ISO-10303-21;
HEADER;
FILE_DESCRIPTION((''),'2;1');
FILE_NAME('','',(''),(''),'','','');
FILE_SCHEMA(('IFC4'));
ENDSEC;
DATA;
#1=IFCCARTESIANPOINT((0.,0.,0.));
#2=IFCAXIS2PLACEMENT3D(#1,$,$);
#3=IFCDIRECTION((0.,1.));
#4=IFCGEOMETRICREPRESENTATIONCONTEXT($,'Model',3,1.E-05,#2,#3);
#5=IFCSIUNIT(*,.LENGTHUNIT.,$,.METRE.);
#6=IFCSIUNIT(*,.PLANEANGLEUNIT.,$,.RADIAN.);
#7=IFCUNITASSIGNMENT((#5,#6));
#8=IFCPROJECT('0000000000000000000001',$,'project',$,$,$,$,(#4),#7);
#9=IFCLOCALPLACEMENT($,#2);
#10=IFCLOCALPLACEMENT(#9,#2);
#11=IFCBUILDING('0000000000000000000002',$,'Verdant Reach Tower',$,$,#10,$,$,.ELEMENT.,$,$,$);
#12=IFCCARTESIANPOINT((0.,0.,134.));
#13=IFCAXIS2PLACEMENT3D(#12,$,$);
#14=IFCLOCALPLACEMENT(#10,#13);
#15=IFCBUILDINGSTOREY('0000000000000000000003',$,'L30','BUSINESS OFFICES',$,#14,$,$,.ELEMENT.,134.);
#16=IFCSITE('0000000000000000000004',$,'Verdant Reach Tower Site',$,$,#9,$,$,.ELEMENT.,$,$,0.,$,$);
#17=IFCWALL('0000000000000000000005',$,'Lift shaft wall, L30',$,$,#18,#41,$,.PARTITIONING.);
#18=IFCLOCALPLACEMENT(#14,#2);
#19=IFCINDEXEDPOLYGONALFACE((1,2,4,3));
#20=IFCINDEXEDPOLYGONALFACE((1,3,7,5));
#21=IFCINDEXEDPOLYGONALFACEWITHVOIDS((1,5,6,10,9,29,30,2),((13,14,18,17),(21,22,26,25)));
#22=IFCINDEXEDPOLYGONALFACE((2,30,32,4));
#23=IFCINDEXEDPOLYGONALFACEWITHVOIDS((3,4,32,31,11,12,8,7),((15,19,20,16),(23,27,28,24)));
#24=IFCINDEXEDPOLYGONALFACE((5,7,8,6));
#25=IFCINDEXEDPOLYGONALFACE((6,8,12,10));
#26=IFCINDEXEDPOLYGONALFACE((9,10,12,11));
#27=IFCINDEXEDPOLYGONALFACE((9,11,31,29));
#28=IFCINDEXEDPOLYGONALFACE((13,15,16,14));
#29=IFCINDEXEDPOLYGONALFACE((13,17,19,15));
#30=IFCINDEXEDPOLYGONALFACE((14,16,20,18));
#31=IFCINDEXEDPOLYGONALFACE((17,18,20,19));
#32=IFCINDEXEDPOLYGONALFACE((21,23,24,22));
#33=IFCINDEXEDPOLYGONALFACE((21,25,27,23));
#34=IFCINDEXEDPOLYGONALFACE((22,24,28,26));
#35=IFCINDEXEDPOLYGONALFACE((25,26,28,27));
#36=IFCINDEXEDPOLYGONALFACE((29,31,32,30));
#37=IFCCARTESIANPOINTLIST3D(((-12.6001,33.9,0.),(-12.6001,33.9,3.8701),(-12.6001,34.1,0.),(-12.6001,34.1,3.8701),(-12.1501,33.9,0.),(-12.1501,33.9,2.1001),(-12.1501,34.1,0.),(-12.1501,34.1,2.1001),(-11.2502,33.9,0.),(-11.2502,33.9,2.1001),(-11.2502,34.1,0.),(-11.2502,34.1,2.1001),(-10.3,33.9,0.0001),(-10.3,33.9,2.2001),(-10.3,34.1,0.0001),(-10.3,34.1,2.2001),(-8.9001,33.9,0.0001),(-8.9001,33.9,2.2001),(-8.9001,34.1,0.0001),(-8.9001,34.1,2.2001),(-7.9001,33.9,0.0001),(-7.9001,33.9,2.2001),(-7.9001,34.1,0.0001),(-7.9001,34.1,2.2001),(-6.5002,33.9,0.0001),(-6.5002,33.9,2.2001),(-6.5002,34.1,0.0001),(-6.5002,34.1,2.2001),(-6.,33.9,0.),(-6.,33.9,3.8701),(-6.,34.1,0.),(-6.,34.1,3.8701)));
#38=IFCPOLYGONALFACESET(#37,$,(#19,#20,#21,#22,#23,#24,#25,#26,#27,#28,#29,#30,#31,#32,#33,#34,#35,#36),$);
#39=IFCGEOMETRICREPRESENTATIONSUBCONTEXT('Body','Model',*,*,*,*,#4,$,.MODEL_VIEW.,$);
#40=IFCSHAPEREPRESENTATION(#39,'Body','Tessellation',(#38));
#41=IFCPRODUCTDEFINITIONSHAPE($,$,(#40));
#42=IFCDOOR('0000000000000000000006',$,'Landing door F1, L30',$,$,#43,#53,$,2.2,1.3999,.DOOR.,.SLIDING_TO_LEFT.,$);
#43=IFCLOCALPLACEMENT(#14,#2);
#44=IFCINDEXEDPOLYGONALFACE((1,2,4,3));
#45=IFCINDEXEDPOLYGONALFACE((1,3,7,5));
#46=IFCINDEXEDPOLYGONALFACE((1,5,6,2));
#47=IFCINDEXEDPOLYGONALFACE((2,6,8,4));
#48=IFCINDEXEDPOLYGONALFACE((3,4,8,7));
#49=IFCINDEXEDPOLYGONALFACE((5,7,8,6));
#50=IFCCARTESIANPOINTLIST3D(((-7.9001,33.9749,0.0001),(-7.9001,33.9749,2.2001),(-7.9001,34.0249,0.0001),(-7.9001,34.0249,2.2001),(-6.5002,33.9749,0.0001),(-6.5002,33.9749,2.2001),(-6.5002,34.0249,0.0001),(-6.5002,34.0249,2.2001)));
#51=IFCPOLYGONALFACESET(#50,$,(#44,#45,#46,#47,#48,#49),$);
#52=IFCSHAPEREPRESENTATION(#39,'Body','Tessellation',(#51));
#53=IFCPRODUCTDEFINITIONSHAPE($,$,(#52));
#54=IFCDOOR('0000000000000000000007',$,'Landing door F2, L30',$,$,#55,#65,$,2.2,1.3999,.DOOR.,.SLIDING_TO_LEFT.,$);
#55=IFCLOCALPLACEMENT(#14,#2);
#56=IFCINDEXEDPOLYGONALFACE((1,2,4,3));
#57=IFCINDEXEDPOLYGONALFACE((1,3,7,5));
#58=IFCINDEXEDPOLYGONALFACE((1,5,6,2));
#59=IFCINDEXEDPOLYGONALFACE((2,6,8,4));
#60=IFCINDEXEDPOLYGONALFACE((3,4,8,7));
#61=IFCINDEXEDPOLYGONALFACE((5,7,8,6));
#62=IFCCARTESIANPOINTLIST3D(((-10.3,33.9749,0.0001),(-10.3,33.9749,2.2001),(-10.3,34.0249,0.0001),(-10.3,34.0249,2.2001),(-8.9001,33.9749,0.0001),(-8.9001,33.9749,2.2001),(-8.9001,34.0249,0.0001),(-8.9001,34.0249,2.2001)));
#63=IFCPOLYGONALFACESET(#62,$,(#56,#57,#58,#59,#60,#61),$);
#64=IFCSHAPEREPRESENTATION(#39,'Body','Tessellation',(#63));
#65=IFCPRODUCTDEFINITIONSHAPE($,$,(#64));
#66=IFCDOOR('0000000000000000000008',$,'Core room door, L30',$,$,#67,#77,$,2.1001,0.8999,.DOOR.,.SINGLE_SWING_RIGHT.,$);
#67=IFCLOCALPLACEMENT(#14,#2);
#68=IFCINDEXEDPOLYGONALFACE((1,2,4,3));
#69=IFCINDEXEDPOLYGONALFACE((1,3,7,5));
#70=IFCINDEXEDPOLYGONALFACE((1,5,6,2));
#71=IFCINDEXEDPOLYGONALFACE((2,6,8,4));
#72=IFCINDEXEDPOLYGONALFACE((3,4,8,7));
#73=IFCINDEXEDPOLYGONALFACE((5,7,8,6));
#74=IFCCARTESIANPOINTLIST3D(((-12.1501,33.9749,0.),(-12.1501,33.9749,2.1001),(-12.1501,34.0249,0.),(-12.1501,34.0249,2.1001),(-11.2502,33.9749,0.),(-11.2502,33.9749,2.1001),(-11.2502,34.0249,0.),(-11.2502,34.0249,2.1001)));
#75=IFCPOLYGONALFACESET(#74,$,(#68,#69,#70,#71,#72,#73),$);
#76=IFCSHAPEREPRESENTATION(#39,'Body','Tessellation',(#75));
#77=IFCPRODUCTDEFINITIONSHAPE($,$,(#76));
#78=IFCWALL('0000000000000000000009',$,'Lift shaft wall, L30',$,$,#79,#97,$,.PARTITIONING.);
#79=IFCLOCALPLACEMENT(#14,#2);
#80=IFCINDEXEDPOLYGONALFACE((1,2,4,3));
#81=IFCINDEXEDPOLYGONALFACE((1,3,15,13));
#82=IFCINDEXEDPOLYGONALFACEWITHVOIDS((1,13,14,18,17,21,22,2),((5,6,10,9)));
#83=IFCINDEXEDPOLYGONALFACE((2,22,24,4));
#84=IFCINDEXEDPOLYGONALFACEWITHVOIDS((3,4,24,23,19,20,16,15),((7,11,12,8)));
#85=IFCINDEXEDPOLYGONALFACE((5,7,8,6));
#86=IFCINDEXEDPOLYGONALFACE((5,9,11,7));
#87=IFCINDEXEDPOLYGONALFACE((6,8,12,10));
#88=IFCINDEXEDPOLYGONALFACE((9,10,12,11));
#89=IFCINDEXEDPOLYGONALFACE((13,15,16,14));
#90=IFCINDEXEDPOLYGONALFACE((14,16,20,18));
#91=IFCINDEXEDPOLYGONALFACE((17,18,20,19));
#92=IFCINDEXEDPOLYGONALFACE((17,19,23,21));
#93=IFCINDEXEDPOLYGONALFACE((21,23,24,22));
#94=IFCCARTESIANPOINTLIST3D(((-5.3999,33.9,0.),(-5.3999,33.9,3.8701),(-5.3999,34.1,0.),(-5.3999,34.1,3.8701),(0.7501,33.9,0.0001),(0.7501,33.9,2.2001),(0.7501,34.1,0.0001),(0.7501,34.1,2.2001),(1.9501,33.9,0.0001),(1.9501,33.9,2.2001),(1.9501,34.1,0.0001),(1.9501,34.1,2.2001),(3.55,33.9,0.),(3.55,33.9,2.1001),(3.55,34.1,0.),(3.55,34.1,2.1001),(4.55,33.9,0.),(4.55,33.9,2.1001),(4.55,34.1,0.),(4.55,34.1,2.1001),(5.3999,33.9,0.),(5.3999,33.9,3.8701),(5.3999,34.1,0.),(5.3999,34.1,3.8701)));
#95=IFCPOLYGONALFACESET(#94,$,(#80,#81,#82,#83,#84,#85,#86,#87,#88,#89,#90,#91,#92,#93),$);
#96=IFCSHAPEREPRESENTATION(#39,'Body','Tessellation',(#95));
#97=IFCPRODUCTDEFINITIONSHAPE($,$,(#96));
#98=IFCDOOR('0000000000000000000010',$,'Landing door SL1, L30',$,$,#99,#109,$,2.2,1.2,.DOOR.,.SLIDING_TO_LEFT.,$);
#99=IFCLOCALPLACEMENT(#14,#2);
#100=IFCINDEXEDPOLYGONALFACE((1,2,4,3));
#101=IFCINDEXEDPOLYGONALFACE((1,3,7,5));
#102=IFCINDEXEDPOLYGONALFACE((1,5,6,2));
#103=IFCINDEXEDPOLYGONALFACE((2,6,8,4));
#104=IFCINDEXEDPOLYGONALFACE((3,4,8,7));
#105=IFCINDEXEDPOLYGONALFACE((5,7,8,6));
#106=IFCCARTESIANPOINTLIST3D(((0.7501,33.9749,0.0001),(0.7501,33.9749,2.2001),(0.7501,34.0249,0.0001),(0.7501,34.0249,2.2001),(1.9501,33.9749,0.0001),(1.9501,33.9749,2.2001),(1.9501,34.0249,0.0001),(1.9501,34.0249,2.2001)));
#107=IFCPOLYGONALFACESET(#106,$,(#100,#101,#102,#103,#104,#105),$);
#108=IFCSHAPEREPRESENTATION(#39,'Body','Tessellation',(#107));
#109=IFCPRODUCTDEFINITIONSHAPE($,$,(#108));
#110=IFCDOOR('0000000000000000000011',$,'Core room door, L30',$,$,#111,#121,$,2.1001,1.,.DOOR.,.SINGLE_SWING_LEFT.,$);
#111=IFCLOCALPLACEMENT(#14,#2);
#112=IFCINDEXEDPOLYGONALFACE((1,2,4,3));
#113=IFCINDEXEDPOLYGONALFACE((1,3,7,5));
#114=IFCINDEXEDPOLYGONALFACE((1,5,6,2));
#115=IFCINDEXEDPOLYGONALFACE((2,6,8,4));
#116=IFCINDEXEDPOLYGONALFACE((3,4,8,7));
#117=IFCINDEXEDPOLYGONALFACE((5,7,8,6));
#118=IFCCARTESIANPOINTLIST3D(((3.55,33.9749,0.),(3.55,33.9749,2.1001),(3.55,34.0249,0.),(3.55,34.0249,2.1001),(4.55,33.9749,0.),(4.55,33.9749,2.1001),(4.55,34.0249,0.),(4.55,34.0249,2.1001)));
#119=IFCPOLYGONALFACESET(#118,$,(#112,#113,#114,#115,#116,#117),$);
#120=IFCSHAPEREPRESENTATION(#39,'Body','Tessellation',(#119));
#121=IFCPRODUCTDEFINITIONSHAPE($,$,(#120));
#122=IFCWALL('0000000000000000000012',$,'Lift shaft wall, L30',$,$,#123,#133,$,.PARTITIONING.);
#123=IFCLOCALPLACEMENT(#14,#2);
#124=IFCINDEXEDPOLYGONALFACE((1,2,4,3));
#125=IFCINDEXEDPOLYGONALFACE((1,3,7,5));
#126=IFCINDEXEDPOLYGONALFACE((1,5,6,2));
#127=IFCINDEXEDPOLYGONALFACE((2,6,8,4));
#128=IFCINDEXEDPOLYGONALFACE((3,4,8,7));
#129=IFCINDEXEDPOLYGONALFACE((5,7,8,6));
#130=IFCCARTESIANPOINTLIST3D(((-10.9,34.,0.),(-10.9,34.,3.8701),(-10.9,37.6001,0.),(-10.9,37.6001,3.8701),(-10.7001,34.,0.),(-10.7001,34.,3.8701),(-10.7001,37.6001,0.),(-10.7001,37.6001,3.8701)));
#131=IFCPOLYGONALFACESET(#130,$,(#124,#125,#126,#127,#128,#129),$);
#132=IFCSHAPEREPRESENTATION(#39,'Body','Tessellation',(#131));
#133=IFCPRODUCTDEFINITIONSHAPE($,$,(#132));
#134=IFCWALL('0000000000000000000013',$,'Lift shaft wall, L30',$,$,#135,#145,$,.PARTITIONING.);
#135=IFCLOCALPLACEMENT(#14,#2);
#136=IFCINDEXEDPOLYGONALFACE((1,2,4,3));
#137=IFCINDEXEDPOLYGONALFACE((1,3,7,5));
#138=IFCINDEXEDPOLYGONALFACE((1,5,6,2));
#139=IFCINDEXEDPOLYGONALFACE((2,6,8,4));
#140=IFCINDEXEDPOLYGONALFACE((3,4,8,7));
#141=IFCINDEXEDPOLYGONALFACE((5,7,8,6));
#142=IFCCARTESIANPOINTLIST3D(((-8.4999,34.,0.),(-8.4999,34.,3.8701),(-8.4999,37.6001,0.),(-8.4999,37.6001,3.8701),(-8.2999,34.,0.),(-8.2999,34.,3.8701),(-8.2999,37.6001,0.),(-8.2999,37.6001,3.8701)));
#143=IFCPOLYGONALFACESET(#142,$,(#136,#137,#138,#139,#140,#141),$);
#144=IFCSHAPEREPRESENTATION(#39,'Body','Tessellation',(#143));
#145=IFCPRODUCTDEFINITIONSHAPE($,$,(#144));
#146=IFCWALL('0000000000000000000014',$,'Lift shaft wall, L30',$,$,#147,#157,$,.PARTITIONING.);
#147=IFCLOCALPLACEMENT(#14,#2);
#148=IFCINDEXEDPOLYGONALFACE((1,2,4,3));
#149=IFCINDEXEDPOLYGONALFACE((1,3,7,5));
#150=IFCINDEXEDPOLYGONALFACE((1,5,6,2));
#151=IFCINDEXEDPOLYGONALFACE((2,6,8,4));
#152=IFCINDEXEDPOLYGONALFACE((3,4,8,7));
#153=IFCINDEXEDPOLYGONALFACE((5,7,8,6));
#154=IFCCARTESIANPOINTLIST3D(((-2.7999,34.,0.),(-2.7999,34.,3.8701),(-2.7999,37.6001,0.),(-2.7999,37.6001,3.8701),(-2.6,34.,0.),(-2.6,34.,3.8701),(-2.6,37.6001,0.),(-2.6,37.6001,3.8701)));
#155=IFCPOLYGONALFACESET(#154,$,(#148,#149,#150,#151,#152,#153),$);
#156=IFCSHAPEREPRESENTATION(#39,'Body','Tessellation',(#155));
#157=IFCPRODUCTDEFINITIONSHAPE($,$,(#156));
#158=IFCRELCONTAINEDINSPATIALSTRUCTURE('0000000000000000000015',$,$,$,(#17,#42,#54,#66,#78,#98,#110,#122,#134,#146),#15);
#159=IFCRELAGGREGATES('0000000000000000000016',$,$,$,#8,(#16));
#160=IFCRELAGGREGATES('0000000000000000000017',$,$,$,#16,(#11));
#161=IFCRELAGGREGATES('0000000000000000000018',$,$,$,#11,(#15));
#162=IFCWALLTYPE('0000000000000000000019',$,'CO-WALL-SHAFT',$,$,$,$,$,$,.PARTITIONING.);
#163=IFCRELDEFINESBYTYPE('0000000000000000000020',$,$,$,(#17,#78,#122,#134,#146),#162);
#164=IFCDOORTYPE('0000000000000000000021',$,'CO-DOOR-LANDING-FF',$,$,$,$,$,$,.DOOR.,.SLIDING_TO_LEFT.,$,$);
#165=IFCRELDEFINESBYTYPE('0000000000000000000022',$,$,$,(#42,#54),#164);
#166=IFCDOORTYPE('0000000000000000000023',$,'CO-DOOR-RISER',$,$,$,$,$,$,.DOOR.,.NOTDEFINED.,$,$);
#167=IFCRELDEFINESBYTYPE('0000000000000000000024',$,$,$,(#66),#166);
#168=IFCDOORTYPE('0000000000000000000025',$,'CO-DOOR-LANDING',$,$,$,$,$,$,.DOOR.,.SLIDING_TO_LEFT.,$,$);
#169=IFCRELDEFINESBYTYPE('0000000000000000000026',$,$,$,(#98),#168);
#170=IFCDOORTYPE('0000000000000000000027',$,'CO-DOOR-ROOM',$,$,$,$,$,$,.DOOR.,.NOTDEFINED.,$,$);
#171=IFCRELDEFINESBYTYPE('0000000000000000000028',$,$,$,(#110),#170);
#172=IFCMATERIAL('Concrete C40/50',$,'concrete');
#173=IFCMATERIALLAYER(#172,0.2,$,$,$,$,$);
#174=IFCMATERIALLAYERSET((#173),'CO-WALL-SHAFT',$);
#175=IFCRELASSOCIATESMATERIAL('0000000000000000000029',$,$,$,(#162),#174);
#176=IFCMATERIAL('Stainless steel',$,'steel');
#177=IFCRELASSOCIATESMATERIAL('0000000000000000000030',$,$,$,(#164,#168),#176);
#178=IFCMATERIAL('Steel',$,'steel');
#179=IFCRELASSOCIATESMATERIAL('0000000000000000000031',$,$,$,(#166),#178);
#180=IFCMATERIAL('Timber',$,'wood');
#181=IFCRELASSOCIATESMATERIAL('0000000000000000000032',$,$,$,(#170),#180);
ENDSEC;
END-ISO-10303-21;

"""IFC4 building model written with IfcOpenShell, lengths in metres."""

from ifc_helpers import new_model, si_unit, direction, frame, frame_2d, origin, place, context, subcontext, project, spatial, rectangle, extrude, material, layer, layer_set, type_object, element, fill, save


model = new_model("IFC4")

# Units and contexts
model_context = context("Model", 3, precision=1e-05, world=origin(), true_north=direction((0.0, 1.0)))
body_context = subcontext(model_context, "Body", "Model", "MODEL_VIEW")
ifc_project = project(units=[si_unit("LENGTHUNIT", "METRE"), si_unit("PLANEANGLEUNIT", "RADIAN")], contexts=[model_context])

# Site, building, storey
site_placement = place(None, origin())
site = spatial("IfcSite", under=ifc_project, at=site_placement, Name="Verdant Reach Tower Site", CompositionType="ELEMENT", RefElevation=0.0)
building_placement = place(site_placement, origin())
building = spatial("IfcBuilding", under=site, at=building_placement, Name="Verdant Reach Tower", CompositionType="ELEMENT")
storey_placement = place(building_placement, frame((0.0, 0.0, 134.0)))
storey = spatial("IfcBuildingStorey", under=building, at=storey_placement, Name="L30", Description="BUSINESS OFFICES", CompositionType="ELEMENT", Elevation=134.0)

# Walls, openings, doors
ifc_material_1 = material(Name="Concrete C40/50", Category="concrete")
ifc_layer_1 = layer(ifc_material_1, 0.2)
ifc_layer_set_1 = layer_set([ifc_layer_1], Name="CO-WALL-SHAFT")
wall_type_1 = type_object("IfcWallType", Name="CO-WALL-SHAFT", PredefinedType="PARTITIONING", material=ifc_layer_set_1)
wall_1_placement = place(storey_placement, frame((-12.6001, 34.0, 0.0), z_axis=(0.0, 0.0, 1.0), x_axis=(1.0, 0.0, 0.0)))
wall_1 = element("IfcWall", 1, at=wall_1_placement, inside=storey, type_object=wall_type_1, Name="Lift shaft wall, L30", PredefinedType="PARTITIONING", context=body_context, shape_type="SweptSolid", body=[
    extrude(rectangle(XDim=6.6001, YDim=0.2, at=frame_2d((3.3, 0.0))), origin(), (0.0, 0.0, 1.0), 3.8701),
])
opening_1_placement = place(wall_1_placement, frame((4.7, 0.0, 0.0)))
opening_1 = element("IfcOpeningElement", 2, at=opening_1_placement, cuts=wall_1, PredefinedType="OPENING", context=body_context, shape_type="SweptSolid", body=[
    extrude(rectangle(XDim=1.3999, YDim=2.2, at=frame_2d((0.7, 1.1001))), frame((0.0, 0.1099, 0.0), z_axis=(0.0, -1.0, 0.0), x_axis=(1.0, 0.0, 0.0)), (0.0, 0.0, 1.0), 0.22),
])
opening_2_placement = place(wall_1_placement, frame((2.3, 0.0, 0.0)))
opening_2 = element("IfcOpeningElement", 3, at=opening_2_placement, cuts=wall_1, PredefinedType="OPENING", context=body_context, shape_type="SweptSolid", body=[
    extrude(rectangle(XDim=1.3999, YDim=2.2, at=frame_2d((0.7, 1.1001))), frame((0.0, 0.1099, 0.0), z_axis=(0.0, -1.0, 0.0), x_axis=(1.0, 0.0, 0.0)), (0.0, 0.0, 1.0), 0.22),
])
opening_3_placement = place(wall_1_placement, frame((0.45, 0.0, 0.0)))
opening_3 = element("IfcOpeningElement", 4, at=opening_3_placement, cuts=wall_1, PredefinedType="OPENING", context=body_context, shape_type="SweptSolid", body=[
    extrude(rectangle(XDim=0.8999, YDim=2.1001, at=frame_2d((0.45, 1.05))), frame((0.0, 0.1099, 0.0), z_axis=(0.0, -1.0, 0.0), x_axis=(1.0, 0.0, 0.0)), (0.0, 0.0, 1.0), 0.22),
])
ifc_material_2 = material(Name="Stainless steel", Category="steel")
door_type_1 = type_object("IfcDoorType", Name="CO-DOOR-LANDING-FF", OperationType="SLIDING_TO_LEFT", PredefinedType="DOOR", material=ifc_material_2)
door_1_placement = place(opening_1_placement, origin())
door_1 = element("IfcDoor", 5, at=door_1_placement, inside=storey, type_object=door_type_1, Name="Landing door F1, L30", OperationType="SLIDING_TO_LEFT", OverallHeight=2.2, OverallWidth=1.3999, PredefinedType="DOOR", context=body_context, shape_type="SweptSolid", body=[
    extrude(rectangle(XDim=1.3999, YDim=2.2, at=frame_2d((0.7, 1.1001))), frame((0.0, 0.0249, 0.0), z_axis=(0.0, -1.0, 0.0), x_axis=(1.0, 0.0, 0.0)), (0.0, 0.0, 1.0), 0.05),
])
fill(opening_1, door_1)
door_2_placement = place(opening_2_placement, origin())
door_2 = element("IfcDoor", 6, at=door_2_placement, inside=storey, type_object=door_type_1, Name="Landing door F2, L30", OperationType="SLIDING_TO_LEFT", OverallHeight=2.2, OverallWidth=1.3999, PredefinedType="DOOR", context=body_context, shape_type="SweptSolid", body=[
    extrude(rectangle(XDim=1.3999, YDim=2.2, at=frame_2d((0.7, 1.1001))), frame((0.0, 0.0249, 0.0), z_axis=(0.0, -1.0, 0.0), x_axis=(1.0, 0.0, 0.0)), (0.0, 0.0, 1.0), 0.05),
])
fill(opening_2, door_2)
ifc_material_3 = material(Name="Steel", Category="steel")
door_type_2 = type_object("IfcDoorType", Name="CO-DOOR-RISER", OperationType="NOTDEFINED", PredefinedType="DOOR", material=ifc_material_3)
door_3_placement = place(opening_3_placement, origin())
door_3 = element("IfcDoor", 7, at=door_3_placement, inside=storey, type_object=door_type_2, Name="Core room door, L30", OperationType="SINGLE_SWING_RIGHT", OverallHeight=2.1001, OverallWidth=0.8999, PredefinedType="DOOR", context=body_context, shape_type="SweptSolid", body=[
    extrude(rectangle(XDim=0.8999, YDim=2.1001, at=frame_2d((0.45, 1.05))), frame((0.0, 0.0249, 0.0), z_axis=(0.0, -1.0, 0.0), x_axis=(1.0, 0.0, 0.0)), (0.0, 0.0, 1.0), 0.05),
])
fill(opening_3, door_3)
wall_2_placement = place(storey_placement, frame((-5.3999, 34.0, 0.0), z_axis=(0.0, 0.0, 1.0), x_axis=(1.0, 0.0, 0.0)))
wall_2 = element("IfcWall", 8, at=wall_2_placement, inside=storey, type_object=wall_type_1, Name="Lift shaft wall, L30", PredefinedType="PARTITIONING", context=body_context, shape_type="SweptSolid", body=[
    extrude(rectangle(XDim=10.7998, YDim=0.2, at=frame_2d((5.3999, 0.0))), origin(), (0.0, 0.0, 1.0), 3.8701),
])
opening_4_placement = place(wall_2_placement, frame((6.1499, 0.0, 0.0)))
opening_4 = element("IfcOpeningElement", 9, at=opening_4_placement, cuts=wall_2, PredefinedType="OPENING", context=body_context, shape_type="SweptSolid", body=[
    extrude(rectangle(XDim=1.2, YDim=2.2, at=frame_2d((0.6001, 1.1001))), frame((0.0, 0.1099, 0.0), z_axis=(0.0, -1.0, 0.0), x_axis=(1.0, 0.0, 0.0)), (0.0, 0.0, 1.0), 0.22),
])
opening_5_placement = place(wall_2_placement, frame((8.95, 0.0, 0.0)))
opening_5 = element("IfcOpeningElement", 10, at=opening_5_placement, cuts=wall_2, PredefinedType="OPENING", context=body_context, shape_type="SweptSolid", body=[
    extrude(rectangle(XDim=1.0, YDim=2.1001, at=frame_2d((0.5, 1.05))), frame((0.0, 0.1099, 0.0), z_axis=(0.0, -1.0, 0.0), x_axis=(1.0, 0.0, 0.0)), (0.0, 0.0, 1.0), 0.22),
])
door_type_3 = type_object("IfcDoorType", Name="CO-DOOR-LANDING", OperationType="SLIDING_TO_LEFT", PredefinedType="DOOR", material=ifc_material_2)
door_4_placement = place(opening_4_placement, origin())
door_4 = element("IfcDoor", 11, at=door_4_placement, inside=storey, type_object=door_type_3, Name="Landing door SL1, L30", OperationType="SLIDING_TO_LEFT", OverallHeight=2.2, OverallWidth=1.2, PredefinedType="DOOR", context=body_context, shape_type="SweptSolid", body=[
    extrude(rectangle(XDim=1.2, YDim=2.2, at=frame_2d((0.6001, 1.1001))), frame((0.0, 0.0249, 0.0), z_axis=(0.0, -1.0, 0.0), x_axis=(1.0, 0.0, 0.0)), (0.0, 0.0, 1.0), 0.05),
])
fill(opening_4, door_4)
ifc_material_4 = material(Name="Timber", Category="wood")
door_type_4 = type_object("IfcDoorType", Name="CO-DOOR-ROOM", OperationType="NOTDEFINED", PredefinedType="DOOR", material=ifc_material_4)
door_5_placement = place(opening_5_placement, origin())
door_5 = element("IfcDoor", 12, at=door_5_placement, inside=storey, type_object=door_type_4, Name="Core room door, L30", OperationType="SINGLE_SWING_LEFT", OverallHeight=2.1001, OverallWidth=1.0, PredefinedType="DOOR", context=body_context, shape_type="SweptSolid", body=[
    extrude(rectangle(XDim=1.0, YDim=2.1001, at=frame_2d((0.5, 1.05))), frame((0.0, 0.0249, 0.0), z_axis=(0.0, -1.0, 0.0), x_axis=(1.0, 0.0, 0.0)), (0.0, 0.0, 1.0), 0.05),
])
fill(opening_5, door_5)

# Walls
for number, where, z_axis, x_axis, name in (
    (13, (-10.8, 34.0, 0.0), (0.0, 0.0, 1.0), (0.0, 1.0, 0.0), "Lift shaft wall, L30"),
    (14, (-8.3999, 34.0, 0.0), (0.0, 0.0, 1.0), (0.0, 1.0, 0.0), "Lift shaft wall, L30"),
    (15, (-2.7, 34.0, 0.0), (0.0, 0.0, 1.0), (0.0, 1.0, 0.0), "Lift shaft wall, L30"),
):
    element("IfcWall", number, at=place(storey_placement, frame(where, z_axis=z_axis, x_axis=x_axis)), inside=storey, type_object=wall_type_1, Name=name, PredefinedType="PARTITIONING", context=body_context, shape_type="SweptSolid", body=[
        extrude(rectangle(XDim=3.6001, YDim=0.2, at=frame_2d((1.8, 0.0))), origin(), (0.0, 0.0, 1.0), 3.8701),
    ])

save(model, "model.ifc")
